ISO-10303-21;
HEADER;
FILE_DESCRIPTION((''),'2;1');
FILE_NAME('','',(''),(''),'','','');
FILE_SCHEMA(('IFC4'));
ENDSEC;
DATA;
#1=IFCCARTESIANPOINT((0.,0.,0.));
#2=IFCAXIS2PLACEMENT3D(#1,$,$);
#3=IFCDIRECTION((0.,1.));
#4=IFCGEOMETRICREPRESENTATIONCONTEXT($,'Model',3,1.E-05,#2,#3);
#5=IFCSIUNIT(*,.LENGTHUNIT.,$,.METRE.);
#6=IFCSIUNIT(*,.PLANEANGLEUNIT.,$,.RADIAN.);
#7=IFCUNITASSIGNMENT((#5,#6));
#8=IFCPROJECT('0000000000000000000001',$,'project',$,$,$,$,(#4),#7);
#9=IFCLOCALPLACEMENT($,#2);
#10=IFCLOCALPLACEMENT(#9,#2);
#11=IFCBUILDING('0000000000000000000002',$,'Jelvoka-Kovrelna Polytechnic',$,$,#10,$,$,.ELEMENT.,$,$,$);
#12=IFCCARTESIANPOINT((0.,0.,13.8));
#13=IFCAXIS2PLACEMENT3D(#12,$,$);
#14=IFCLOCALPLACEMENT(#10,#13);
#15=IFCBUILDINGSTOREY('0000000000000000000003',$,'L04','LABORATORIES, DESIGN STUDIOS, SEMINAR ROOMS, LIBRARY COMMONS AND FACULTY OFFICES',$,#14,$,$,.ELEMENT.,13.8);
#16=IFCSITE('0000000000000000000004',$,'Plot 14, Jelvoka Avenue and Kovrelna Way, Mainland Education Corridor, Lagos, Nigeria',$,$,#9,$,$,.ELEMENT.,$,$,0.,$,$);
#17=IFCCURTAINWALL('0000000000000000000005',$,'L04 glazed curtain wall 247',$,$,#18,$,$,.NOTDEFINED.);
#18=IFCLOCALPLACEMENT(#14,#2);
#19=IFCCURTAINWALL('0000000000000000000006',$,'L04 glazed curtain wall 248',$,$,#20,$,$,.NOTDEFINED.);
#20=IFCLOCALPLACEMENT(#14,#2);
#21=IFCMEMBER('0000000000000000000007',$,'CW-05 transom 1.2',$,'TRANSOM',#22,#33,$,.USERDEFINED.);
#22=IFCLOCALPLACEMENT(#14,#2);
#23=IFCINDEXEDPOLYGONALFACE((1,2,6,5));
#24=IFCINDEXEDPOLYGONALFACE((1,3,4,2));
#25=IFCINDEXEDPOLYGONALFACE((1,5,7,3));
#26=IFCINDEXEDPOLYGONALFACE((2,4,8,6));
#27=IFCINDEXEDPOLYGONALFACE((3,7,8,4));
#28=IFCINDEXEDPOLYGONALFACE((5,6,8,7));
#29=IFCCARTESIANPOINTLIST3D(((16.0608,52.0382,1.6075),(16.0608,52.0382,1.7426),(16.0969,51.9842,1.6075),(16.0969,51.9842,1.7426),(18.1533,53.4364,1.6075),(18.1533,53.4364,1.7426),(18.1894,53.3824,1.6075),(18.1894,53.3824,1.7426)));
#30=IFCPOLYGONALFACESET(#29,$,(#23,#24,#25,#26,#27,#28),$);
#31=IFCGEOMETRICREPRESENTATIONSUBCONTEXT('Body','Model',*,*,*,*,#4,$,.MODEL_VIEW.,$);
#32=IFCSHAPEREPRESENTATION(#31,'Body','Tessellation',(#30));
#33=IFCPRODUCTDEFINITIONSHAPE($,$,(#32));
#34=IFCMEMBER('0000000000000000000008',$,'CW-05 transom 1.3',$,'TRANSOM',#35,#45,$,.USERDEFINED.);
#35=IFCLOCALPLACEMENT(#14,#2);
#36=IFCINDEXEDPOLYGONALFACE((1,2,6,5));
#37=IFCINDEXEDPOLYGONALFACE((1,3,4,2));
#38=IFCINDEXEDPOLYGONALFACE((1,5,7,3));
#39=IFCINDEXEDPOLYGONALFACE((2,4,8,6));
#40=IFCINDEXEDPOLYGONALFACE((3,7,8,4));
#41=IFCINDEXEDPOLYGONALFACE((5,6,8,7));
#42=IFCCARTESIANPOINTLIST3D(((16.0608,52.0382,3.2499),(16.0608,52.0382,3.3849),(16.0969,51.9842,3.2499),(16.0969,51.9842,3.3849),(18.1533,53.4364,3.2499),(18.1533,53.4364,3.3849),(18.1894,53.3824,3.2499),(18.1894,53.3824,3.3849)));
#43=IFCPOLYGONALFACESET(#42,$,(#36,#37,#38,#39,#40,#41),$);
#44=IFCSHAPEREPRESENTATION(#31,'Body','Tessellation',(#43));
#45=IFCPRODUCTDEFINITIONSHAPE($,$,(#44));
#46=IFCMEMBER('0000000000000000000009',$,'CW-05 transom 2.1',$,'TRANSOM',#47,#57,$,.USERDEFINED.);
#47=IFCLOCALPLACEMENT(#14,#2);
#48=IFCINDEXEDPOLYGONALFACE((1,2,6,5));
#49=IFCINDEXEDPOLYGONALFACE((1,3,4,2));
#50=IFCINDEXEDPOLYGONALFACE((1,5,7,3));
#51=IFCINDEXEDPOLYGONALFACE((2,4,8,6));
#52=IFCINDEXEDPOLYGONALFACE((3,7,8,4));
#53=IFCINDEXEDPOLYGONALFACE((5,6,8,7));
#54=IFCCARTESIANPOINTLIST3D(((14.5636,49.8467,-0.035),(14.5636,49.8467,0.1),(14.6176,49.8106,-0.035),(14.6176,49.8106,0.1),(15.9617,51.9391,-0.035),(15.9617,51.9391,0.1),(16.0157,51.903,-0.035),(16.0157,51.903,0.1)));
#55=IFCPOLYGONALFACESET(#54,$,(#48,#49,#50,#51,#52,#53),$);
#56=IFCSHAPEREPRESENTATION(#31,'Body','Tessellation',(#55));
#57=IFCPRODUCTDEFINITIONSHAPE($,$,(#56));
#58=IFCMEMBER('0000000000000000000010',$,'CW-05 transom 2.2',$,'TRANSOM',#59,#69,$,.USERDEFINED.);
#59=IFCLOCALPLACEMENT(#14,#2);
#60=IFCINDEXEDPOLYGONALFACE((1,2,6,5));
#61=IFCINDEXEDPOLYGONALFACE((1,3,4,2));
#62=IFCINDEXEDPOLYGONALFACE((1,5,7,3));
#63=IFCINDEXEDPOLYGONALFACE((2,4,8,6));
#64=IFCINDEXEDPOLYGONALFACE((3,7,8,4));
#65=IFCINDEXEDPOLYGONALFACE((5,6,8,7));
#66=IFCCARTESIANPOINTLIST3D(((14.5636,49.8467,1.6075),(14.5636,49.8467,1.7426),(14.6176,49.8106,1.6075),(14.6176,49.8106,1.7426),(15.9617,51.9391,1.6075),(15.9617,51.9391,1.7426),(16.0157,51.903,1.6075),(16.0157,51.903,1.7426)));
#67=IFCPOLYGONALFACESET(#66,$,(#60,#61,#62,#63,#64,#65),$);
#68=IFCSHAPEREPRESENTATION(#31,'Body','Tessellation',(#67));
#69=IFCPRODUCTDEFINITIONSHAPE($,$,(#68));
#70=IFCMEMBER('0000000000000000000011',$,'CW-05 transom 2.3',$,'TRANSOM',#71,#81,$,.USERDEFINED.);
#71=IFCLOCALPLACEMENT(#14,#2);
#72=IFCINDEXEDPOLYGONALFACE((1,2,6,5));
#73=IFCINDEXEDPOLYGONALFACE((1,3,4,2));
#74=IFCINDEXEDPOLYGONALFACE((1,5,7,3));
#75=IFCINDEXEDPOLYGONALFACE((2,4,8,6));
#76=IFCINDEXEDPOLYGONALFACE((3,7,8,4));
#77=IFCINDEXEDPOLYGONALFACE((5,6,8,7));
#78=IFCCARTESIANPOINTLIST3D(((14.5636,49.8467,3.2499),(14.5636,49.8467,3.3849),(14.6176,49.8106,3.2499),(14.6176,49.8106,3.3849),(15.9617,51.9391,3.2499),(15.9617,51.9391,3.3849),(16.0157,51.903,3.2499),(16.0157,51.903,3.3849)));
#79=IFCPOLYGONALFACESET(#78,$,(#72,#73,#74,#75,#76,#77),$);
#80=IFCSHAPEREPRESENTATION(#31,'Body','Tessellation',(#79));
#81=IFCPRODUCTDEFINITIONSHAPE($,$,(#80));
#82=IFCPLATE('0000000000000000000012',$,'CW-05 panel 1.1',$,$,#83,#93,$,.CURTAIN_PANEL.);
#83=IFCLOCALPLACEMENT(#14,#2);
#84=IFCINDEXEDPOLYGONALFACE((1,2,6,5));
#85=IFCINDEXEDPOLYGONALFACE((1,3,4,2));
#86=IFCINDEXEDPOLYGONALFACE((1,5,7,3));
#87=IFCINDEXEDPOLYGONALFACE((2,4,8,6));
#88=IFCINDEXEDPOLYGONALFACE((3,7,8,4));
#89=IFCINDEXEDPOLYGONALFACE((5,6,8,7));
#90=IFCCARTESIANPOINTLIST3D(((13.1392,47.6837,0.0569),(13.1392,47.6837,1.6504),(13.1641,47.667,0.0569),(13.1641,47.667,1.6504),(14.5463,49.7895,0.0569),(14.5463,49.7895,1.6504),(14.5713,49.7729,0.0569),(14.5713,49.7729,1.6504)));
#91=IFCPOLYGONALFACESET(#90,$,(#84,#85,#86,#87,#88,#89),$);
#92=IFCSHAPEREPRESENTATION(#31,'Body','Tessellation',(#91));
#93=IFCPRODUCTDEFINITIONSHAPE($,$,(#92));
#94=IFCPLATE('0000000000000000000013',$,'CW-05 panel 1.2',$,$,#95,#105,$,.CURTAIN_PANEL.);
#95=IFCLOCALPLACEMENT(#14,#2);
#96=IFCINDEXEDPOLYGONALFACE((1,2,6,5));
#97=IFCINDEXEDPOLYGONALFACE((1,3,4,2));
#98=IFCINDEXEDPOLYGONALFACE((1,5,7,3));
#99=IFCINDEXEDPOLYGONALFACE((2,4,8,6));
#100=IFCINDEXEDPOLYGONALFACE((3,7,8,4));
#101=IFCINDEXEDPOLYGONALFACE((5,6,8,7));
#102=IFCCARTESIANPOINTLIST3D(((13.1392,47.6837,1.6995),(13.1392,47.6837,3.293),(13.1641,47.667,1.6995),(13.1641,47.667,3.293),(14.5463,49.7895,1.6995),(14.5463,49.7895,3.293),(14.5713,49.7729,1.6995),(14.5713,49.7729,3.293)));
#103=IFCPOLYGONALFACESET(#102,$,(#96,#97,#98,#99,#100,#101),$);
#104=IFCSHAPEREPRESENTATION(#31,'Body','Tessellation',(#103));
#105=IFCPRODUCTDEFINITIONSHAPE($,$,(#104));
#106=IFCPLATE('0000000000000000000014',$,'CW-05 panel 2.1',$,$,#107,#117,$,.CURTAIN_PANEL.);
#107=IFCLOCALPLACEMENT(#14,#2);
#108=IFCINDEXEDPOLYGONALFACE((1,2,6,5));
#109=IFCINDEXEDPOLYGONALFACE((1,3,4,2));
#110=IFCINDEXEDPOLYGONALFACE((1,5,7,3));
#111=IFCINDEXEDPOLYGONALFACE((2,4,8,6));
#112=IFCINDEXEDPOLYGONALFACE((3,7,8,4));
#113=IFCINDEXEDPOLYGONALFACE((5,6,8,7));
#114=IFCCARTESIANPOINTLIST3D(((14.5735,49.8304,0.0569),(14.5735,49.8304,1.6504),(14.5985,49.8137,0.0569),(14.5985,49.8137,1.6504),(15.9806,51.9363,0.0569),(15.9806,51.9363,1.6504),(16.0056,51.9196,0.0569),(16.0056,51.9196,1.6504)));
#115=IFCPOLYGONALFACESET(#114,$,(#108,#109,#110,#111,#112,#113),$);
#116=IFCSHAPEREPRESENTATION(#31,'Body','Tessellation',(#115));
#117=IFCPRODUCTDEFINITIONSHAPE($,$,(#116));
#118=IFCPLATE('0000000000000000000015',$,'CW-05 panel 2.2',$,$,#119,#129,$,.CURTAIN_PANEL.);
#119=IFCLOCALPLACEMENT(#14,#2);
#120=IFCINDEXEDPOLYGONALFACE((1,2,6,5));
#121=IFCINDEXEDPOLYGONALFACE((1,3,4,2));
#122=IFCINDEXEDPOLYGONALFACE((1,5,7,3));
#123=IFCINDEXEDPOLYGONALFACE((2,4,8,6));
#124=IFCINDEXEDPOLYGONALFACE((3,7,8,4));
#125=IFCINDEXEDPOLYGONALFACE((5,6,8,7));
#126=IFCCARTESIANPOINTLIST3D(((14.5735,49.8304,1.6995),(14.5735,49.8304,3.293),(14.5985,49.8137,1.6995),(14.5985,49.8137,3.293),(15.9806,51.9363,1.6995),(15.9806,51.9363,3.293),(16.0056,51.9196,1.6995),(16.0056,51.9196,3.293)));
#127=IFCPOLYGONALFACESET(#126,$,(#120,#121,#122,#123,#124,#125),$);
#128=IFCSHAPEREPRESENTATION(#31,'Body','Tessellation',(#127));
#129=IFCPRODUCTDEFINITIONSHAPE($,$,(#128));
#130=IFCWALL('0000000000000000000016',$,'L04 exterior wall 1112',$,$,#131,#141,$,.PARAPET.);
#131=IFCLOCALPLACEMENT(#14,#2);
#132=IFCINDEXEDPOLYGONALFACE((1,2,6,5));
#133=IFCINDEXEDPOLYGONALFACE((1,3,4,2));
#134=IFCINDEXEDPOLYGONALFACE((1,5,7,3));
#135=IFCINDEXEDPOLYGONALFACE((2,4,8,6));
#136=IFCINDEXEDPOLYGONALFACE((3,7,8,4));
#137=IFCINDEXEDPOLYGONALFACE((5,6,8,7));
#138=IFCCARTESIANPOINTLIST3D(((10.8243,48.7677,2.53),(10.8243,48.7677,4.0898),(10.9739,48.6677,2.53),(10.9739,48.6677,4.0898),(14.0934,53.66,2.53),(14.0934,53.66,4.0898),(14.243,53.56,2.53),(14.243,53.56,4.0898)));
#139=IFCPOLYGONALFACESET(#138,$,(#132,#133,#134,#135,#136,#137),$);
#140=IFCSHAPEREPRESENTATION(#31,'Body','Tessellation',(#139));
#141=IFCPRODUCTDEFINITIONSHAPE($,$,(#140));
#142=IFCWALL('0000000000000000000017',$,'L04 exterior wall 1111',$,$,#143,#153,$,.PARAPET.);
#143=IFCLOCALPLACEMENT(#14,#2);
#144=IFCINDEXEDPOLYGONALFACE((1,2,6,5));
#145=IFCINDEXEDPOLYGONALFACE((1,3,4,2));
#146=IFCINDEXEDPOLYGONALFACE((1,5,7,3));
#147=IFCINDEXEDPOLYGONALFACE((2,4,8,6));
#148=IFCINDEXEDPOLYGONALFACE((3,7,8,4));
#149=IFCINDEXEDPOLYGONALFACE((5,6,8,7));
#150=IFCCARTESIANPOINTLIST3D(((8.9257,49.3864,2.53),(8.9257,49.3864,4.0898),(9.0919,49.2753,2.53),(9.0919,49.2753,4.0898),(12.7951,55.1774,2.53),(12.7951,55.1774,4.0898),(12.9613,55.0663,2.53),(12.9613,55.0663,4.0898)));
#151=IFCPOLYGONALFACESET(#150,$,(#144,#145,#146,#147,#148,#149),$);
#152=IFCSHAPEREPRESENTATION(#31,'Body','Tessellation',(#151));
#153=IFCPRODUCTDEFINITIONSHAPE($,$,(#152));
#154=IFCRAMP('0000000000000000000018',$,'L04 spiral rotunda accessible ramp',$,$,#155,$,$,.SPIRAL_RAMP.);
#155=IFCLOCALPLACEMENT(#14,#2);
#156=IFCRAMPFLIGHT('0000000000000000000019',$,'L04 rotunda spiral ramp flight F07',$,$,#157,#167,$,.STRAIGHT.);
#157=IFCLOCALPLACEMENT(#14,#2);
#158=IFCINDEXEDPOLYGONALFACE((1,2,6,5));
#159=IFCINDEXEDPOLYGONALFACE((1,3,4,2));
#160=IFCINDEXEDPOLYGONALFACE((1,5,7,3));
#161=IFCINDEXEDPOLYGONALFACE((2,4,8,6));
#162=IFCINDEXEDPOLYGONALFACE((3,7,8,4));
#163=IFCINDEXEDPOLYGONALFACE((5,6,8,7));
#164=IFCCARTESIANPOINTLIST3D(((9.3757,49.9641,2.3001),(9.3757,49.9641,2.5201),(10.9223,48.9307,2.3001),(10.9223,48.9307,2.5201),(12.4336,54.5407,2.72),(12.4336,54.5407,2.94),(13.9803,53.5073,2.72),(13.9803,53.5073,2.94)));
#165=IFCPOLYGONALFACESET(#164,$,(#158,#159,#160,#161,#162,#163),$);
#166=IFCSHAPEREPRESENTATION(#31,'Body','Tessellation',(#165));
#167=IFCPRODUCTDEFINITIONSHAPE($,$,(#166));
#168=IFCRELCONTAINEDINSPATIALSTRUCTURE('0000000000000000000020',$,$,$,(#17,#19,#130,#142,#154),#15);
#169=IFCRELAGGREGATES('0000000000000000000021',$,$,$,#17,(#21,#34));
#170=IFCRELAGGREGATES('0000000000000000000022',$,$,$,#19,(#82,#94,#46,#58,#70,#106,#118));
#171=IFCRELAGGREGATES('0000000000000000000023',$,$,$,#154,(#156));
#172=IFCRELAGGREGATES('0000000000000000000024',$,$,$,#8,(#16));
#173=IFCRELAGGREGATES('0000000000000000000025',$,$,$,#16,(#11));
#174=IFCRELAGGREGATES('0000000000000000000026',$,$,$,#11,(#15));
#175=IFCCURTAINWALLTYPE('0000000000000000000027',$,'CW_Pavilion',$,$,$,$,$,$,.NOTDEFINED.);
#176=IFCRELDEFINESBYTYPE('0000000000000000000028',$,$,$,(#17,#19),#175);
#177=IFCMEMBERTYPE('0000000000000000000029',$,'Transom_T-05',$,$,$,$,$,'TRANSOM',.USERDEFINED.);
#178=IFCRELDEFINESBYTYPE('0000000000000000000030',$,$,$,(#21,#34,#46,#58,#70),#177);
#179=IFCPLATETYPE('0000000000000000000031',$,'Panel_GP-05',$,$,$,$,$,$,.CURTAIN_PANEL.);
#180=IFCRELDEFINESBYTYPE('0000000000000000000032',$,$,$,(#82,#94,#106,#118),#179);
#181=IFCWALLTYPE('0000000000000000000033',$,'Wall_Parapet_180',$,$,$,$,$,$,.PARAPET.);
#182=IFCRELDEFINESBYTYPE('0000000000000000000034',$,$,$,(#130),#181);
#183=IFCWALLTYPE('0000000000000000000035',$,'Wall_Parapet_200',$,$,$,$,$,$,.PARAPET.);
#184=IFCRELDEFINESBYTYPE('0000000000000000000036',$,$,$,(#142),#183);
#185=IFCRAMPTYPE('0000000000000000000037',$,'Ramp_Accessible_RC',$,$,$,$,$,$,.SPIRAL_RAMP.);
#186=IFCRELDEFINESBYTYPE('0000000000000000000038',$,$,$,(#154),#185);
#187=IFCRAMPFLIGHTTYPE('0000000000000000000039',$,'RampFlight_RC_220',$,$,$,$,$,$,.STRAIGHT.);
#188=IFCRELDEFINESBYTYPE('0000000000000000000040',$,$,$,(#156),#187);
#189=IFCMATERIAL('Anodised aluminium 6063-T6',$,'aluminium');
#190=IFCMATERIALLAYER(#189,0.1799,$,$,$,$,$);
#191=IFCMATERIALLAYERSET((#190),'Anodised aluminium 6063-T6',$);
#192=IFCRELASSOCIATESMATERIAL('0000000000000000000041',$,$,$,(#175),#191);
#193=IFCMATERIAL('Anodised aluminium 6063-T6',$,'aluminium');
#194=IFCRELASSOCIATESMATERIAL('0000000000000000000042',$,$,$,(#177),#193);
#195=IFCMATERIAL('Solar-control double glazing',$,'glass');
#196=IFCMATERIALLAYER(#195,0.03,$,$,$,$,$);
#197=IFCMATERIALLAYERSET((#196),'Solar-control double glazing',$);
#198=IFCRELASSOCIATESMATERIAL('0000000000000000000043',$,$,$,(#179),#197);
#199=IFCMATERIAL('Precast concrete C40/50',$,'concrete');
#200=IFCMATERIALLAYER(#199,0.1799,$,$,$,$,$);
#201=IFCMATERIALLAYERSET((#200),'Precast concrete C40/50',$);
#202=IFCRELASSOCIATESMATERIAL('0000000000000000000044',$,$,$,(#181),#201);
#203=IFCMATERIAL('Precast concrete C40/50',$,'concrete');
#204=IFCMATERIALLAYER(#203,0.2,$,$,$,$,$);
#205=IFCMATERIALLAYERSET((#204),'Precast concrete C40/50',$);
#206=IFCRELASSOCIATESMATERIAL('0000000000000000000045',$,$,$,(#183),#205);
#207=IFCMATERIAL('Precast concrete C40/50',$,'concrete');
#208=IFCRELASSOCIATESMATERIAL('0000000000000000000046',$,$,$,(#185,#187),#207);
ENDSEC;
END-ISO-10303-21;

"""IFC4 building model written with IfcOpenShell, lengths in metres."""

from ifc_helpers import new_model, si_unit, direction, frame, frame_2d, origin, origin_2d, place, context, subcontext, project, spatial, polyline, rectangle, outline, extrude, material, layer, layer_set, material_profile, profile_set, type_object, element, aggregate, save


model = new_model("IFC4")

# Units and contexts
model_context = context("Model", 3, precision=1e-05, world=origin(), true_north=direction((0.0, 1.0)))
body_context = subcontext(model_context, "Body", "Model", "MODEL_VIEW")
ifc_project = project(units=[si_unit("LENGTHUNIT", "METRE"), si_unit("PLANEANGLEUNIT", "RADIAN")], contexts=[model_context])

# Site, building, storey
site_placement = place(None, origin())
site = spatial("IfcSite", under=ifc_project, at=site_placement, Name="Plot 14, Jelvoka Avenue and Kovrelna Way, Mainland Education Corridor, Lagos, Nigeria", CompositionType="ELEMENT", RefElevation=0.0)
building_placement = place(site_placement, origin())
building = spatial("IfcBuilding", under=site, at=building_placement, Name="Jelvoka-Kovrelna Polytechnic", CompositionType="ELEMENT")
storey_placement = place(building_placement, frame((0.0, 0.0, 13.8)))
storey = spatial("IfcBuildingStorey", under=building, at=storey_placement, Name="L04", Description="LABORATORIES, DESIGN STUDIOS, SEMINAR ROOMS, LIBRARY COMMONS AND FACULTY OFFICES", CompositionType="ELEMENT", Elevation=13.8)

# Curtain wall
ifc_material_1 = material(Name="Anodised aluminium 6063-T6", Category="aluminium")
ifc_layer_1 = layer(ifc_material_1, 0.1799)
ifc_layer_set_1 = layer_set([ifc_layer_1], Name="Anodised aluminium 6063-T6")
curtain_wall_type = type_object("IfcCurtainWallType", Name="CW_Pavilion", PredefinedType="NOTDEFINED", material=ifc_layer_set_1)
curtain_wall_1_placement = place(storey_placement, origin())
curtain_wall_1 = element("IfcCurtainWall", 1, at=curtain_wall_1_placement, inside=storey, type_object=curtain_wall_type, Name="L04 glazed curtain wall 247", PredefinedType="NOTDEFINED")

# Curtain wall
curtain_wall_2_placement = place(storey_placement, origin())
curtain_wall_2 = element("IfcCurtainWall", 2, at=curtain_wall_2_placement, inside=storey, type_object=curtain_wall_type, Name="L04 glazed curtain wall 248", PredefinedType="NOTDEFINED")

# Members
ifc_material_2 = material(Name="Anodised aluminium 6063-T6", Category="aluminium")
ifc_material_profile_1 = material_profile(ifc_material_2, rectangle(XDim=0.0649, YDim=0.135, at=origin_2d()), Name="ALU 65x135")
ifc_profile_set_1 = profile_set([ifc_material_profile_1], Name="Anodised aluminium 6063-T6")
member_type_1 = type_object("IfcMemberType", Name="Transom_T-05", ElementType="TRANSOM", PredefinedType="USERDEFINED", material=ifc_profile_set_1)
member_1_placement = place(storey_placement, frame((16.0789, 52.0112, 1.675), z_axis=(0.831468, 0.555573, 0.0), x_axis=(-0.555573, 0.831468, 0.0)))
member_1 = element("IfcMember", 3, at=member_1_placement, type_object=member_type_1, Name="CW-05 transom 1.2", ObjectType="TRANSOM", PredefinedType="USERDEFINED", context=body_context, shape_type="SweptSolid", body=[
    extrude(rectangle(XDim=0.0649, YDim=0.135, at=origin_2d()), origin(), (0.0, 0.0, 1.0), 2.5166),
])
member_2_placement = place(storey_placement, frame((16.0789, 52.0112, 3.3174), z_axis=(0.831468, 0.555573, 0.0), x_axis=(-0.555573, 0.831468, 0.0)))
member_2 = element("IfcMember", 4, at=member_2_placement, type_object=member_type_1, Name="CW-05 transom 1.3", ObjectType="TRANSOM", PredefinedType="USERDEFINED", context=body_context, shape_type="SweptSolid", body=[
    extrude(rectangle(XDim=0.0649, YDim=0.135, at=origin_2d()), origin(), (0.0, 0.0, 1.0), 2.5166),
])
aggregate(curtain_wall_1, [member_1, member_2])
member_3_placement = place(storey_placement, frame((14.5906, 49.8286, 0.0325), z_axis=(0.555573, 0.831468, 0.0), x_axis=(-0.831468, 0.555573, 0.0)))
member_3 = element("IfcMember", 5, at=member_3_placement, type_object=member_type_1, Name="CW-05 transom 2.1", ObjectType="TRANSOM", PredefinedType="USERDEFINED", context=body_context, shape_type="SweptSolid", body=[
    extrude(rectangle(XDim=0.0649, YDim=0.135, at=origin_2d()), origin(), (0.0, 0.0, 1.0), 2.5166),
])
member_4_placement = place(storey_placement, frame((14.5906, 49.8286, 1.675), z_axis=(0.555573, 0.831468, 0.0), x_axis=(-0.831468, 0.555573, 0.0)))
member_4 = element("IfcMember", 6, at=member_4_placement, type_object=member_type_1, Name="CW-05 transom 2.2", ObjectType="TRANSOM", PredefinedType="USERDEFINED", context=body_context, shape_type="SweptSolid", body=[
    extrude(rectangle(XDim=0.0649, YDim=0.135, at=origin_2d()), origin(), (0.0, 0.0, 1.0), 2.5166),
])
member_5_placement = place(storey_placement, frame((14.5906, 49.8286, 3.3174), z_axis=(0.555573, 0.831468, 0.0), x_axis=(-0.831468, 0.555573, 0.0)))
member_5 = element("IfcMember", 7, at=member_5_placement, type_object=member_type_1, Name="CW-05 transom 2.3", ObjectType="TRANSOM", PredefinedType="USERDEFINED", context=body_context, shape_type="SweptSolid", body=[
    extrude(rectangle(XDim=0.0649, YDim=0.135, at=origin_2d()), origin(), (0.0, 0.0, 1.0), 2.5166),
])

# Plates
ifc_material_3 = material(Name="Solar-control double glazing", Category="glass")
ifc_layer_2 = layer(ifc_material_3, 0.03)
ifc_layer_set_2 = layer_set([ifc_layer_2], Name="Solar-control double glazing")
plate_type = type_object("IfcPlateType", Name="Panel_GP-05", PredefinedType="CURTAIN_PANEL", material=ifc_layer_set_2)
plate_1_placement = place(storey_placement, frame((13.8552, 48.7283, 0.0569), z_axis=(0.0, 0.0, 1.0), x_axis=(0.555583, 0.831461, 0.0)))
plate_1 = element("IfcPlate", 8, at=plate_1_placement, type_object=plate_type, Name="CW-05 panel 1.1", PredefinedType="CURTAIN_PANEL", context=body_context, shape_type="SweptSolid", body=[
    extrude(rectangle(XDim=2.5327, YDim=0.03, at=origin_2d()), origin(), (0.0, 0.0, 1.0), 1.5935),
])
plate_2_placement = place(storey_placement, frame((13.8552, 48.7283, 1.6995), z_axis=(0.0, 0.0, 1.0), x_axis=(0.555583, 0.831461, 0.0)))
plate_2 = element("IfcPlate", 9, at=plate_2_placement, type_object=plate_type, Name="CW-05 panel 1.2", PredefinedType="CURTAIN_PANEL", context=body_context, shape_type="SweptSolid", body=[
    extrude(rectangle(XDim=2.5327, YDim=0.03, at=origin_2d()), origin(), (0.0, 0.0, 1.0), 1.5935),
])
plate_3_placement = place(storey_placement, frame((15.2896, 50.875, 0.0569), z_axis=(0.0, 0.0, 1.0), x_axis=(0.555583, 0.831461, 0.0)))
plate_3 = element("IfcPlate", 10, at=plate_3_placement, type_object=plate_type, Name="CW-05 panel 2.1", PredefinedType="CURTAIN_PANEL", context=body_context, shape_type="SweptSolid", body=[
    extrude(rectangle(XDim=2.5327, YDim=0.03, at=origin_2d()), origin(), (0.0, 0.0, 1.0), 1.5935),
])
plate_4_placement = place(storey_placement, frame((15.2896, 50.875, 1.6995), z_axis=(0.0, 0.0, 1.0), x_axis=(0.555583, 0.831461, 0.0)))
plate_4 = element("IfcPlate", 11, at=plate_4_placement, type_object=plate_type, Name="CW-05 panel 2.2", PredefinedType="CURTAIN_PANEL", context=body_context, shape_type="SweptSolid", body=[
    extrude(rectangle(XDim=2.5327, YDim=0.03, at=origin_2d()), origin(), (0.0, 0.0, 1.0), 1.5935),
])
aggregate(curtain_wall_2, [plate_1, plate_2, member_3, member_4, member_5, plate_3, plate_4])

# Walls
ifc_material_4 = material(Name="Precast concrete C40/50", Category="concrete")
ifc_layer_3 = layer(ifc_material_4, 0.1799)
ifc_layer_set_3 = layer_set([ifc_layer_3], Name="Precast concrete C40/50")
wall_type_1 = type_object("IfcWallType", Name="Wall_Parapet_180", PredefinedType="PARAPET", material=ifc_layer_set_3)
wall_1_placement = place(storey_placement, frame((10.8992, 48.7178, 2.53), z_axis=(0.0, 0.0, 1.0), x_axis=(0.555581, 0.831463, 0.0)))
element("IfcWall", 12, at=wall_1_placement, inside=storey, type_object=wall_type_1, Name="L04 exterior wall 1112", PredefinedType="PARAPET", context=body_context, shape_type="SweptSolid", body=[
    extrude(rectangle(XDim=5.884, YDim=0.1799, at=frame_2d((2.9419, 0.0))), origin(), (0.0, 0.0, 1.0), 1.5598),
])
ifc_material_5 = material(Name="Precast concrete C40/50", Category="concrete")
ifc_layer_4 = layer(ifc_material_5, 0.2)
ifc_layer_set_4 = layer_set([ifc_layer_4], Name="Precast concrete C40/50")
wall_type_2 = type_object("IfcWallType", Name="Wall_Parapet_200", PredefinedType="PARAPET", material=ifc_layer_set_4)
wall_2_placement = place(storey_placement, frame((9.0088, 49.3308, 2.53), z_axis=(0.0, 0.0, 1.0), x_axis=(0.555565, 0.831473, 0.0)))
element("IfcWall", 13, at=wall_2_placement, inside=storey, type_object=wall_type_2, Name="L04 exterior wall 1111", PredefinedType="PARAPET", context=body_context, shape_type="SweptSolid", body=[
    extrude(rectangle(XDim=6.9648, YDim=0.2, at=frame_2d((3.4824, 0.0))), origin(), (0.0, 0.0, 1.0), 1.5598),
])

# Ramp, ramp flight
ifc_material_6 = material(Name="Precast concrete C40/50", Category="concrete")
ramp_type = type_object("IfcRampType", Name="Ramp_Accessible_RC", PredefinedType="SPIRAL_RAMP", material=ifc_material_6)
ramp_placement = place(storey_placement, origin())
ramp = element("IfcRamp", 14, at=ramp_placement, inside=storey, type_object=ramp_type, Name="L04 spiral rotunda accessible ramp", PredefinedType="SPIRAL_RAMP")
ramp_flight_type = type_object("IfcRampFlightType", Name="RampFlight_RC_220", PredefinedType="STRAIGHT", material=ifc_material_6)
ramp_flight_placement = place(None, frame((10.1489, 49.4475, 16.3201), z_axis=(0.0, 0.0, 1.0), x_axis=(0.555568, 0.831471, 0.0)))
ramp_flight = element("IfcRampFlight", 15, at=ramp_flight_placement, type_object=ramp_flight_type, Name="L04 rotunda spiral ramp flight F07", PredefinedType="STRAIGHT", context=body_context, shape_type="SweptSolid", body=[
    extrude(outline(polyline([(0.0, 0.0), (5.5042, 0.4199), (5.5042, 0.2), (0.0, -0.22), (0.0, 0.0)])), frame((0.0, 0.9299, 0.0), z_axis=(0.0, -1.0, 0.0), x_axis=(1.0, 0.0, 0.0)), (0.0, 0.0, 1.0), 1.8601),
])
aggregate(ramp, [ramp_flight])

save(model, "model.ifc")
